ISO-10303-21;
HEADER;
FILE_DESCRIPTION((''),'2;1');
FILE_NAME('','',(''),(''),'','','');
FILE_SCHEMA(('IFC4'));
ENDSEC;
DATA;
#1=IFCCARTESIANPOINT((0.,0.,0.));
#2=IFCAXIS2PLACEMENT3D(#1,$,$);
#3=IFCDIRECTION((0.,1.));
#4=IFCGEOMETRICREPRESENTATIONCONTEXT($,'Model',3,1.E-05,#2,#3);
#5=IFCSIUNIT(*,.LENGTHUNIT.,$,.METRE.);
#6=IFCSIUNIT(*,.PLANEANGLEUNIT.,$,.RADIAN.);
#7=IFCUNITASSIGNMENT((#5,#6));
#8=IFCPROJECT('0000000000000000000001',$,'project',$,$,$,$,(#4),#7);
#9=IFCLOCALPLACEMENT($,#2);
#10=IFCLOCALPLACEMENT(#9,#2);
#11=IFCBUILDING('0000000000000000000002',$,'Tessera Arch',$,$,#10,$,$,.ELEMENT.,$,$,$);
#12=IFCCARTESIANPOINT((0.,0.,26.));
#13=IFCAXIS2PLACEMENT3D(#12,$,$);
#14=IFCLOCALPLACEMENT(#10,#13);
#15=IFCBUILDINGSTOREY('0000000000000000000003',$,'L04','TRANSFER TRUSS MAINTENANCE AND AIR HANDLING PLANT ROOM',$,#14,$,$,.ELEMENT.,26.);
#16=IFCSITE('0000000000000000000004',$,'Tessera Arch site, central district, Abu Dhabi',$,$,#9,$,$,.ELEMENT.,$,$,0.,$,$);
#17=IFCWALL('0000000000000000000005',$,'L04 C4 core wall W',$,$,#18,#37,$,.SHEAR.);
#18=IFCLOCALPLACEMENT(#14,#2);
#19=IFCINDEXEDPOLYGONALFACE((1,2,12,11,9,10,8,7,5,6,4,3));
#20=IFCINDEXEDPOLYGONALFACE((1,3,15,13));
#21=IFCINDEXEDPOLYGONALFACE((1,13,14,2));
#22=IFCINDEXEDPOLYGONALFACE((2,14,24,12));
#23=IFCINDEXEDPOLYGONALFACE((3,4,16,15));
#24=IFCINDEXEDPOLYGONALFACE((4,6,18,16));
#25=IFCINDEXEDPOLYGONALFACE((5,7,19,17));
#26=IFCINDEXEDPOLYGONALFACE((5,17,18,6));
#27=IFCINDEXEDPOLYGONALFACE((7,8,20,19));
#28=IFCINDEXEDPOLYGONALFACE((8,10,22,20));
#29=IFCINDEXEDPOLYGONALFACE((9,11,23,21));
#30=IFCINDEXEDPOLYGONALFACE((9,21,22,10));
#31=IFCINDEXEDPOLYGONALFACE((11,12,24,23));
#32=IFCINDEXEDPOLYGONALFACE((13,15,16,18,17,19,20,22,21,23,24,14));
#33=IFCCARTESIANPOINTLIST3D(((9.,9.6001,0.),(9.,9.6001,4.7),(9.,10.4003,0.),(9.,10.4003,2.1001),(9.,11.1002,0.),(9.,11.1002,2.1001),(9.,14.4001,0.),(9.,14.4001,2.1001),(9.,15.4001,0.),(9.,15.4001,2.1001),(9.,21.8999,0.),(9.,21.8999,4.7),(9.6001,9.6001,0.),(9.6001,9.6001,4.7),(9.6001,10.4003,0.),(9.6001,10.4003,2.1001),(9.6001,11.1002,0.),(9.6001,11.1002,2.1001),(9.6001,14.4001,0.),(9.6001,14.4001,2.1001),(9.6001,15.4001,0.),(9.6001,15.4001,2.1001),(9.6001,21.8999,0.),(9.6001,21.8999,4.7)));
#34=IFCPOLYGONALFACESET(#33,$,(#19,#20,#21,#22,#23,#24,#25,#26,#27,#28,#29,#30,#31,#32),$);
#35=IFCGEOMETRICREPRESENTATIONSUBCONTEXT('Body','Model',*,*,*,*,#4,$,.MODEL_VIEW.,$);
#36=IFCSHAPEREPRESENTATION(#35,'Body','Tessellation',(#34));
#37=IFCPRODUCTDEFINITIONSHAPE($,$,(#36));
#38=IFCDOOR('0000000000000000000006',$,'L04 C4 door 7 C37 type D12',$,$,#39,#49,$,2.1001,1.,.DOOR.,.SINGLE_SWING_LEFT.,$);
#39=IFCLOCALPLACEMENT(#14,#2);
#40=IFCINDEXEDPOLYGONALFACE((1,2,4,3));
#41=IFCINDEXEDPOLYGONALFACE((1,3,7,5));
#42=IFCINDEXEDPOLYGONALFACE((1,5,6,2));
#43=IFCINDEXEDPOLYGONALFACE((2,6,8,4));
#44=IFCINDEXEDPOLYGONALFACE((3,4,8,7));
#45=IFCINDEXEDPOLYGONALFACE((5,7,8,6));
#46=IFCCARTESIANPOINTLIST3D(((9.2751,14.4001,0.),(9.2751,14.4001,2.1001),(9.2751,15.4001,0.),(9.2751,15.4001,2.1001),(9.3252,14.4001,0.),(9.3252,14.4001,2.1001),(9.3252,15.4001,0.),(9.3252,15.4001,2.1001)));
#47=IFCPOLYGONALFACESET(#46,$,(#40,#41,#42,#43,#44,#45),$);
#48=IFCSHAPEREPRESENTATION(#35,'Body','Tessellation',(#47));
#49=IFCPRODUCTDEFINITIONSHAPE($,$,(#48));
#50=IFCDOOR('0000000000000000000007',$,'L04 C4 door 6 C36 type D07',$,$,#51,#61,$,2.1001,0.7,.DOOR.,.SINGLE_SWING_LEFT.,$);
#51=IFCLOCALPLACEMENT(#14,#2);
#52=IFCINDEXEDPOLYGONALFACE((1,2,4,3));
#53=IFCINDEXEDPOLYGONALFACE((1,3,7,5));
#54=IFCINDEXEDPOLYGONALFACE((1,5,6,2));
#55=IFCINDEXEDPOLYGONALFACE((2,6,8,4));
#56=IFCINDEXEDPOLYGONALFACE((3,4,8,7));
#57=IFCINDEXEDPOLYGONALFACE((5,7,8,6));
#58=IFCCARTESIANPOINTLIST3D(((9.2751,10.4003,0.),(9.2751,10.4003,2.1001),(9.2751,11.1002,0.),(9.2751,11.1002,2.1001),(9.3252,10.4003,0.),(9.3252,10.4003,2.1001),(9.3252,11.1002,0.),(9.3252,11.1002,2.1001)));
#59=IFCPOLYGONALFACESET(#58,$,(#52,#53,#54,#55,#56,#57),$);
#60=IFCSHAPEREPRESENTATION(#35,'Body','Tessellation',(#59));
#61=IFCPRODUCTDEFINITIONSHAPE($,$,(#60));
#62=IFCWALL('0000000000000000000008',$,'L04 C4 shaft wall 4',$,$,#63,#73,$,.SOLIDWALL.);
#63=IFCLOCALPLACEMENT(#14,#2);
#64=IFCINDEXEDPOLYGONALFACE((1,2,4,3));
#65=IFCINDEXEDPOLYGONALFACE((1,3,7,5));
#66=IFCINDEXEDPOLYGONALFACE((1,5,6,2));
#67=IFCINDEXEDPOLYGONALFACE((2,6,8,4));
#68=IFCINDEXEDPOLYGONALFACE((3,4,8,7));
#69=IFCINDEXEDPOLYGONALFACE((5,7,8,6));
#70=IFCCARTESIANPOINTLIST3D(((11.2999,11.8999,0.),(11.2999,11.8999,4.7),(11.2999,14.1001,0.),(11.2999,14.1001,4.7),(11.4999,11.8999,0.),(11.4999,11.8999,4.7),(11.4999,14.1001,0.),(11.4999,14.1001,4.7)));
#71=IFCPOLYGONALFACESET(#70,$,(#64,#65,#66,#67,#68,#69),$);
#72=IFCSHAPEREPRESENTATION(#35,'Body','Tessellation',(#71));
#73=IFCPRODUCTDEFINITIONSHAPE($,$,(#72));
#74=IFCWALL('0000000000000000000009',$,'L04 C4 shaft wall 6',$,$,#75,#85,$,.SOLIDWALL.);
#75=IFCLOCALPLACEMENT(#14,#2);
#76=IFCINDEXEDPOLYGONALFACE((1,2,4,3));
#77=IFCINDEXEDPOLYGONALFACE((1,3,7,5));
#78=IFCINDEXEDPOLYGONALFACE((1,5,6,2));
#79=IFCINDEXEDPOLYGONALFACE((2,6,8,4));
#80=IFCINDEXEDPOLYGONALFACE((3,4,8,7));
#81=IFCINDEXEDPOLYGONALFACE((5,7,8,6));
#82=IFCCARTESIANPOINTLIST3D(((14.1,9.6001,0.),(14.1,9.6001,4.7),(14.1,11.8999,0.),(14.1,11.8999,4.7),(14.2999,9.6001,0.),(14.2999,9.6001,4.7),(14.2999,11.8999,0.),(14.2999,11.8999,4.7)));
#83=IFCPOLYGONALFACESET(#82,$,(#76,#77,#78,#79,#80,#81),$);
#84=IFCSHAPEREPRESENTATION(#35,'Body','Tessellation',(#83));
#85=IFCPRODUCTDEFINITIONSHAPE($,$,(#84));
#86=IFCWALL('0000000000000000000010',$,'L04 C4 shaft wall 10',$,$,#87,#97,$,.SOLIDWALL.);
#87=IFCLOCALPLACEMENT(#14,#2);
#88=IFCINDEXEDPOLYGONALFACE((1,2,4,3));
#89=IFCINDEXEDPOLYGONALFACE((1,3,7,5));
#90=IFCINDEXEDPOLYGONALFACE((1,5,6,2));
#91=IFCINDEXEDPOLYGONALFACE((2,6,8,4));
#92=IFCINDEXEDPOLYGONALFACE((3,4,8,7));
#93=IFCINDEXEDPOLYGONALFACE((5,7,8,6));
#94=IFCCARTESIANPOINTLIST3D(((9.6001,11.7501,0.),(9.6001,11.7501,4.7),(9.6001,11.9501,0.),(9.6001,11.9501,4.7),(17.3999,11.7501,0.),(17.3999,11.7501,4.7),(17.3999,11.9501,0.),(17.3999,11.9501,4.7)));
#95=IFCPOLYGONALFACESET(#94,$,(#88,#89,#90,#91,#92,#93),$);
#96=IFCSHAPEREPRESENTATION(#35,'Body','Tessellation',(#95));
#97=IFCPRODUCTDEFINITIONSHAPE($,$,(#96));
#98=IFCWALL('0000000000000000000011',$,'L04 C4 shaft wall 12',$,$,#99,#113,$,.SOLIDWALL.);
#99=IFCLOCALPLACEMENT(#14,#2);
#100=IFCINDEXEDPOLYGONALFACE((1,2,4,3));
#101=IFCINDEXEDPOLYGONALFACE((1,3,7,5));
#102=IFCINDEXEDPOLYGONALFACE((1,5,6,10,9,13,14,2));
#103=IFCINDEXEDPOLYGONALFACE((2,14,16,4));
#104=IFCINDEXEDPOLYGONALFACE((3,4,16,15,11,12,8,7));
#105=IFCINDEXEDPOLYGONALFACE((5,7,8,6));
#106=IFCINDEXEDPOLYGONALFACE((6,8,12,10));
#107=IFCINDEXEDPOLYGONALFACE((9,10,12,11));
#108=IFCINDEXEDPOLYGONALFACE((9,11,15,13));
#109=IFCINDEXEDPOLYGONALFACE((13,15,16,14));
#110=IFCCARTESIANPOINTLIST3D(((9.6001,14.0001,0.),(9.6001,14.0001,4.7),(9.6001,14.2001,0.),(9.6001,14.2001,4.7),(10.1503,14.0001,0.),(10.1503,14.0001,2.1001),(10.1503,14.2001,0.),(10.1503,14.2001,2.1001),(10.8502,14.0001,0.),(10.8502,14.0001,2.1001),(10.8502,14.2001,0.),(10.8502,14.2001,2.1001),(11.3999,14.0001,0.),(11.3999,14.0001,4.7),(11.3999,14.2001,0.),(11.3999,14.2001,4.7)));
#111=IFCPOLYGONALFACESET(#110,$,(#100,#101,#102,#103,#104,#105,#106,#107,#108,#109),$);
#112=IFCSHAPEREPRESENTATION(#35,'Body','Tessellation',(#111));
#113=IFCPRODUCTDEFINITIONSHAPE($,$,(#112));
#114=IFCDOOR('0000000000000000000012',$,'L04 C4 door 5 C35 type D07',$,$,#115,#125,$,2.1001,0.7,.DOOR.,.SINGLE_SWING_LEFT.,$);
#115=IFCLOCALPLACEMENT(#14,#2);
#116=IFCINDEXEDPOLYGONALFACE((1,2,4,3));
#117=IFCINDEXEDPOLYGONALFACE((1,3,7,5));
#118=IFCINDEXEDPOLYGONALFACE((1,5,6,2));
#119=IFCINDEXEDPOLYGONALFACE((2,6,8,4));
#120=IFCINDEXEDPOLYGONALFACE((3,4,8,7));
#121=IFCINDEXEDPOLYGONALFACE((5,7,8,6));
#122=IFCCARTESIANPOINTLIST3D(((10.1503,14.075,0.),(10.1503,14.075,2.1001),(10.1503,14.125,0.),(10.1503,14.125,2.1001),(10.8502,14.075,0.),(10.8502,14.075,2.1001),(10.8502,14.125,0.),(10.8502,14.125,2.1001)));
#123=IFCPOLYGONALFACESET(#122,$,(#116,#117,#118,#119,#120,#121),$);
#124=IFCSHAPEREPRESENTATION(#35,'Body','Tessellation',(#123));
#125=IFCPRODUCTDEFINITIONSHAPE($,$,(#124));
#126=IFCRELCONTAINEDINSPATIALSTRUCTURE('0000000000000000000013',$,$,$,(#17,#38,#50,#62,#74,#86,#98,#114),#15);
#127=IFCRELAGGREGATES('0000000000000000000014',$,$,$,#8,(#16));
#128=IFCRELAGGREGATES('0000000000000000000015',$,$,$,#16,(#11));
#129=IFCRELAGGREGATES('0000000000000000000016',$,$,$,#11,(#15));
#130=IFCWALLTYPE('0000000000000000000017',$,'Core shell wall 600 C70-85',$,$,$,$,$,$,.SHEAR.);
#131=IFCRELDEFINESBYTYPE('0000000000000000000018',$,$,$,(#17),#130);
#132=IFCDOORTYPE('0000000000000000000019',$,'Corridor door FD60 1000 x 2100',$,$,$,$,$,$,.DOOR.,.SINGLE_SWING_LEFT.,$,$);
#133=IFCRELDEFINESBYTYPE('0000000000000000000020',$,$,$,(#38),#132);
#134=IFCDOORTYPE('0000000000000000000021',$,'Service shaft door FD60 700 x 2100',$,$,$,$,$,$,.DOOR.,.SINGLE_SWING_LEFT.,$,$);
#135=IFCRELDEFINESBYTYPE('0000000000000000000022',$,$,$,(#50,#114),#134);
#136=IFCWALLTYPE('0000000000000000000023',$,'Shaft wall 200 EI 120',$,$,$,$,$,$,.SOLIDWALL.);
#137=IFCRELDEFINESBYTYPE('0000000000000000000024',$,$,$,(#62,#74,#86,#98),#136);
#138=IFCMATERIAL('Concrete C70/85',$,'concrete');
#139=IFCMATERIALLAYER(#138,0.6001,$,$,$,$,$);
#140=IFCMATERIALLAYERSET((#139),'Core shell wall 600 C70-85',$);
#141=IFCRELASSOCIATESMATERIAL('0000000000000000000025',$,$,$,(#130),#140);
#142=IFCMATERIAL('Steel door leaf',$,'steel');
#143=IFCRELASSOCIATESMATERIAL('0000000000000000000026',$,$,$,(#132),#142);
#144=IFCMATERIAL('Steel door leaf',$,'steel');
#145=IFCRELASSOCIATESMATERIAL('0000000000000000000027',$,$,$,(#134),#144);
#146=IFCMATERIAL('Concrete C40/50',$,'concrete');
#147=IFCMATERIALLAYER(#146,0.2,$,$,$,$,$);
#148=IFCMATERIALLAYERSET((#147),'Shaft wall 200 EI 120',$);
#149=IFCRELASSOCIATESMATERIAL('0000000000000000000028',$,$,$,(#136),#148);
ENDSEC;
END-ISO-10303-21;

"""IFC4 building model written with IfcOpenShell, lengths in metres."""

from ifc_helpers import new_model, si_unit, direction, frame, frame_2d, origin, place, context, subcontext, project, spatial, rectangle, extrude, material, layer, layer_set, type_object, element, fill, save


model = new_model("IFC4")

# Units and contexts
model_context = context("Model", 3, precision=1e-05, world=origin(), true_north=direction((0.0, 1.0)))
body_context = subcontext(model_context, "Body", "Model", "MODEL_VIEW")
ifc_project = project(units=[si_unit("LENGTHUNIT", "METRE"), si_unit("PLANEANGLEUNIT", "RADIAN")], contexts=[model_context])

# Site, building, storey
site_placement = place(None, origin())
site = spatial("IfcSite", under=ifc_project, at=site_placement, Name="Tessera Arch site, central district, Abu Dhabi", CompositionType="ELEMENT", RefElevation=0.0)
building_placement = place(site_placement, origin())
building = spatial("IfcBuilding", under=site, at=building_placement, Name="Tessera Arch", CompositionType="ELEMENT")
storey_placement = place(building_placement, frame((0.0, 0.0, 26.0)))
storey = spatial("IfcBuildingStorey", under=building, at=storey_placement, Name="L04", Description="TRANSFER TRUSS MAINTENANCE AND AIR HANDLING PLANT ROOM", CompositionType="ELEMENT", Elevation=26.0)

# Shared definitions
ifc_material_1 = material(Name="Concrete C70/85", Category="concrete")
ifc_layer_1 = layer(ifc_material_1, 0.6001)
ifc_layer_set_1 = layer_set([ifc_layer_1], Name="Core shell wall 600 C70-85")
wall_type_1 = type_object("IfcWallType", Name="Core shell wall 600 C70-85", PredefinedType="SHEAR", material=ifc_layer_set_1)

# Wall, openings, doors
wall_1_placement = place(storey_placement, frame((9.3, 9.6001, 0.0), z_axis=(0.0, 0.0, 1.0), x_axis=(0.0, 1.0, 0.0)))
wall_1 = element("IfcWall", 1, at=wall_1_placement, inside=storey, type_object=wall_type_1, Name="L04 C4 core wall W", PredefinedType="SHEAR", context=body_context, shape_type="SweptSolid", body=[
    extrude(rectangle(XDim=12.2998, YDim=0.6001, at=frame_2d((6.1499, 0.0))), origin(), (0.0, 0.0, 1.0), 4.7),
])
opening_1_placement = place(wall_1_placement, frame((0.8, 0.0, 0.0)))
opening_1 = element("IfcOpeningElement", 2, at=opening_1_placement, cuts=wall_1, PredefinedType="OPENING", context=body_context, shape_type="SweptSolid", body=[
    extrude(rectangle(XDim=0.7, YDim=2.1001, at=frame_2d((0.3501, 1.05))), frame((0.0, 0.3101, 0.0), z_axis=(0.0, -1.0, 0.0), x_axis=(1.0, 0.0, 0.0)), (0.0, 0.0, 1.0), 0.6201),
])
opening_2_placement = place(wall_1_placement, frame((4.8, 0.0, 0.0)))
opening_2 = element("IfcOpeningElement", 3, at=opening_2_placement, cuts=wall_1, PredefinedType="OPENING", context=body_context, shape_type="SweptSolid", body=[
    extrude(rectangle(XDim=1.0, YDim=2.1001, at=frame_2d((0.5, 1.05))), frame((0.0, 0.3101, 0.0), z_axis=(0.0, -1.0, 0.0), x_axis=(1.0, 0.0, 0.0)), (0.0, 0.0, 1.0), 0.6201),
])
ifc_material_2 = material(Name="Steel door leaf", Category="steel")
door_type_1 = type_object("IfcDoorType", Name="Corridor door FD60 1000 x 2100", OperationType="SINGLE_SWING_LEFT", PredefinedType="DOOR", material=ifc_material_2)
door_1_placement = place(opening_2_placement, origin())
door_1 = element("IfcDoor", 4, at=door_1_placement, inside=storey, type_object=door_type_1, Name="L04 C4 door 7 C37 type D12", OperationType="SINGLE_SWING_LEFT", OverallHeight=2.1001, OverallWidth=1.0, PredefinedType="DOOR", context=body_context, shape_type="SweptSolid", body=[
    extrude(rectangle(XDim=1.0, YDim=2.1001, at=frame_2d((0.5, 1.05))), frame((0.0, 0.0249, 0.0), z_axis=(0.0, -1.0, 0.0), x_axis=(1.0, 0.0, 0.0)), (0.0, 0.0, 1.0), 0.05),
])
fill(opening_2, door_1)
ifc_material_3 = material(Name="Steel door leaf", Category="steel")
door_type_2 = type_object("IfcDoorType", Name="Service shaft door FD60 700 x 2100", OperationType="SINGLE_SWING_LEFT", PredefinedType="DOOR", material=ifc_material_3)
door_2_placement = place(opening_1_placement, origin())
door_2 = element("IfcDoor", 5, at=door_2_placement, inside=storey, type_object=door_type_2, Name="L04 C4 door 6 C36 type D07", OperationType="SINGLE_SWING_LEFT", OverallHeight=2.1001, OverallWidth=0.7, PredefinedType="DOOR", context=body_context, shape_type="SweptSolid", body=[
    extrude(rectangle(XDim=0.7, YDim=2.1001, at=frame_2d((0.3501, 1.05))), frame((0.0, 0.0249, 0.0), z_axis=(0.0, -1.0, 0.0), x_axis=(1.0, 0.0, 0.0)), (0.0, 0.0, 1.0), 0.05),
])
fill(opening_1, door_2)

# Walls
ifc_material_4 = material(Name="Concrete C40/50", Category="concrete")
ifc_layer_2 = layer(ifc_material_4, 0.2)
ifc_layer_set_2 = layer_set([ifc_layer_2], Name="Shaft wall 200 EI 120")
wall_type_2 = type_object("IfcWallType", Name="Shaft wall 200 EI 120", PredefinedType="SOLIDWALL", material=ifc_layer_set_2)
wall_2_placement = place(storey_placement, frame((11.3999, 11.8999, 0.0), z_axis=(0.0, 0.0, 1.0), x_axis=(0.0, 1.0, 0.0)))
element("IfcWall", 6, at=wall_2_placement, inside=storey, type_object=wall_type_2, Name="L04 C4 shaft wall 4", PredefinedType="SOLIDWALL", context=body_context, shape_type="SweptSolid", body=[
    extrude(rectangle(XDim=2.2002, YDim=0.2, at=frame_2d((1.1001, 0.0))), origin(), (0.0, 0.0, 1.0), 4.7),
])
wall_3_placement = place(storey_placement, frame((14.2, 9.6001, 0.0), z_axis=(0.0, 0.0, 1.0), x_axis=(0.0, 1.0, 0.0)))
element("IfcWall", 7, at=wall_3_placement, inside=storey, type_object=wall_type_2, Name="L04 C4 shaft wall 6", PredefinedType="SOLIDWALL", context=body_context, shape_type="SweptSolid", body=[
    extrude(rectangle(XDim=2.2998, YDim=0.2, at=frame_2d((1.1499, 0.0))), origin(), (0.0, 0.0, 1.0), 4.7),
])
wall_4_placement = place(storey_placement, frame((9.6001, 11.8501, 0.0), z_axis=(0.0, 0.0, 1.0), x_axis=(1.0, 0.0, 0.0)))
element("IfcWall", 8, at=wall_4_placement, inside=storey, type_object=wall_type_2, Name="L04 C4 shaft wall 10", PredefinedType="SOLIDWALL", context=body_context, shape_type="SweptSolid", body=[
    extrude(rectangle(XDim=7.7998, YDim=0.2, at=frame_2d((3.8999, 0.0))), origin(), (0.0, 0.0, 1.0), 4.7),
])

# Wall, opening, door
wall_5_placement = place(storey_placement, frame((9.6001, 14.1001, 0.0), z_axis=(0.0, 0.0, 1.0), x_axis=(1.0, 0.0, 0.0)))
wall_5 = element("IfcWall", 9, at=wall_5_placement, inside=storey, type_object=wall_type_2, Name="L04 C4 shaft wall 12", PredefinedType="SOLIDWALL", context=body_context, shape_type="SweptSolid", body=[
    extrude(rectangle(XDim=1.7998, YDim=0.2, at=frame_2d((0.8999, 0.0))), origin(), (0.0, 0.0, 1.0), 4.7),
])
opening_3_placement = place(wall_5_placement, frame((0.55, 0.0, 0.0)))
opening_3 = element("IfcOpeningElement", 10, at=opening_3_placement, cuts=wall_5, PredefinedType="OPENING", context=body_context, shape_type="SweptSolid", body=[
    extrude(rectangle(XDim=0.7, YDim=2.1001, at=frame_2d((0.3501, 1.05))), frame((0.0, 0.1099, 0.0), z_axis=(0.0, -1.0, 0.0), x_axis=(1.0, 0.0, 0.0)), (0.0, 0.0, 1.0), 0.22),
])
door_3_placement = place(opening_3_placement, origin())
door_3 = element("IfcDoor", 11, at=door_3_placement, inside=storey, type_object=door_type_2, Name="L04 C4 door 5 C35 type D07", OperationType="SINGLE_SWING_LEFT", OverallHeight=2.1001, OverallWidth=0.7, PredefinedType="DOOR", context=body_context, shape_type="SweptSolid", body=[
    extrude(rectangle(XDim=0.7, YDim=2.1001, at=frame_2d((0.3501, 1.05))), frame((0.0, 0.0249, 0.0), z_axis=(0.0, -1.0, 0.0), x_axis=(1.0, 0.0, 0.0)), (0.0, 0.0, 1.0), 0.05),
])
fill(opening_3, door_3)

save(model, "model.ifc")
